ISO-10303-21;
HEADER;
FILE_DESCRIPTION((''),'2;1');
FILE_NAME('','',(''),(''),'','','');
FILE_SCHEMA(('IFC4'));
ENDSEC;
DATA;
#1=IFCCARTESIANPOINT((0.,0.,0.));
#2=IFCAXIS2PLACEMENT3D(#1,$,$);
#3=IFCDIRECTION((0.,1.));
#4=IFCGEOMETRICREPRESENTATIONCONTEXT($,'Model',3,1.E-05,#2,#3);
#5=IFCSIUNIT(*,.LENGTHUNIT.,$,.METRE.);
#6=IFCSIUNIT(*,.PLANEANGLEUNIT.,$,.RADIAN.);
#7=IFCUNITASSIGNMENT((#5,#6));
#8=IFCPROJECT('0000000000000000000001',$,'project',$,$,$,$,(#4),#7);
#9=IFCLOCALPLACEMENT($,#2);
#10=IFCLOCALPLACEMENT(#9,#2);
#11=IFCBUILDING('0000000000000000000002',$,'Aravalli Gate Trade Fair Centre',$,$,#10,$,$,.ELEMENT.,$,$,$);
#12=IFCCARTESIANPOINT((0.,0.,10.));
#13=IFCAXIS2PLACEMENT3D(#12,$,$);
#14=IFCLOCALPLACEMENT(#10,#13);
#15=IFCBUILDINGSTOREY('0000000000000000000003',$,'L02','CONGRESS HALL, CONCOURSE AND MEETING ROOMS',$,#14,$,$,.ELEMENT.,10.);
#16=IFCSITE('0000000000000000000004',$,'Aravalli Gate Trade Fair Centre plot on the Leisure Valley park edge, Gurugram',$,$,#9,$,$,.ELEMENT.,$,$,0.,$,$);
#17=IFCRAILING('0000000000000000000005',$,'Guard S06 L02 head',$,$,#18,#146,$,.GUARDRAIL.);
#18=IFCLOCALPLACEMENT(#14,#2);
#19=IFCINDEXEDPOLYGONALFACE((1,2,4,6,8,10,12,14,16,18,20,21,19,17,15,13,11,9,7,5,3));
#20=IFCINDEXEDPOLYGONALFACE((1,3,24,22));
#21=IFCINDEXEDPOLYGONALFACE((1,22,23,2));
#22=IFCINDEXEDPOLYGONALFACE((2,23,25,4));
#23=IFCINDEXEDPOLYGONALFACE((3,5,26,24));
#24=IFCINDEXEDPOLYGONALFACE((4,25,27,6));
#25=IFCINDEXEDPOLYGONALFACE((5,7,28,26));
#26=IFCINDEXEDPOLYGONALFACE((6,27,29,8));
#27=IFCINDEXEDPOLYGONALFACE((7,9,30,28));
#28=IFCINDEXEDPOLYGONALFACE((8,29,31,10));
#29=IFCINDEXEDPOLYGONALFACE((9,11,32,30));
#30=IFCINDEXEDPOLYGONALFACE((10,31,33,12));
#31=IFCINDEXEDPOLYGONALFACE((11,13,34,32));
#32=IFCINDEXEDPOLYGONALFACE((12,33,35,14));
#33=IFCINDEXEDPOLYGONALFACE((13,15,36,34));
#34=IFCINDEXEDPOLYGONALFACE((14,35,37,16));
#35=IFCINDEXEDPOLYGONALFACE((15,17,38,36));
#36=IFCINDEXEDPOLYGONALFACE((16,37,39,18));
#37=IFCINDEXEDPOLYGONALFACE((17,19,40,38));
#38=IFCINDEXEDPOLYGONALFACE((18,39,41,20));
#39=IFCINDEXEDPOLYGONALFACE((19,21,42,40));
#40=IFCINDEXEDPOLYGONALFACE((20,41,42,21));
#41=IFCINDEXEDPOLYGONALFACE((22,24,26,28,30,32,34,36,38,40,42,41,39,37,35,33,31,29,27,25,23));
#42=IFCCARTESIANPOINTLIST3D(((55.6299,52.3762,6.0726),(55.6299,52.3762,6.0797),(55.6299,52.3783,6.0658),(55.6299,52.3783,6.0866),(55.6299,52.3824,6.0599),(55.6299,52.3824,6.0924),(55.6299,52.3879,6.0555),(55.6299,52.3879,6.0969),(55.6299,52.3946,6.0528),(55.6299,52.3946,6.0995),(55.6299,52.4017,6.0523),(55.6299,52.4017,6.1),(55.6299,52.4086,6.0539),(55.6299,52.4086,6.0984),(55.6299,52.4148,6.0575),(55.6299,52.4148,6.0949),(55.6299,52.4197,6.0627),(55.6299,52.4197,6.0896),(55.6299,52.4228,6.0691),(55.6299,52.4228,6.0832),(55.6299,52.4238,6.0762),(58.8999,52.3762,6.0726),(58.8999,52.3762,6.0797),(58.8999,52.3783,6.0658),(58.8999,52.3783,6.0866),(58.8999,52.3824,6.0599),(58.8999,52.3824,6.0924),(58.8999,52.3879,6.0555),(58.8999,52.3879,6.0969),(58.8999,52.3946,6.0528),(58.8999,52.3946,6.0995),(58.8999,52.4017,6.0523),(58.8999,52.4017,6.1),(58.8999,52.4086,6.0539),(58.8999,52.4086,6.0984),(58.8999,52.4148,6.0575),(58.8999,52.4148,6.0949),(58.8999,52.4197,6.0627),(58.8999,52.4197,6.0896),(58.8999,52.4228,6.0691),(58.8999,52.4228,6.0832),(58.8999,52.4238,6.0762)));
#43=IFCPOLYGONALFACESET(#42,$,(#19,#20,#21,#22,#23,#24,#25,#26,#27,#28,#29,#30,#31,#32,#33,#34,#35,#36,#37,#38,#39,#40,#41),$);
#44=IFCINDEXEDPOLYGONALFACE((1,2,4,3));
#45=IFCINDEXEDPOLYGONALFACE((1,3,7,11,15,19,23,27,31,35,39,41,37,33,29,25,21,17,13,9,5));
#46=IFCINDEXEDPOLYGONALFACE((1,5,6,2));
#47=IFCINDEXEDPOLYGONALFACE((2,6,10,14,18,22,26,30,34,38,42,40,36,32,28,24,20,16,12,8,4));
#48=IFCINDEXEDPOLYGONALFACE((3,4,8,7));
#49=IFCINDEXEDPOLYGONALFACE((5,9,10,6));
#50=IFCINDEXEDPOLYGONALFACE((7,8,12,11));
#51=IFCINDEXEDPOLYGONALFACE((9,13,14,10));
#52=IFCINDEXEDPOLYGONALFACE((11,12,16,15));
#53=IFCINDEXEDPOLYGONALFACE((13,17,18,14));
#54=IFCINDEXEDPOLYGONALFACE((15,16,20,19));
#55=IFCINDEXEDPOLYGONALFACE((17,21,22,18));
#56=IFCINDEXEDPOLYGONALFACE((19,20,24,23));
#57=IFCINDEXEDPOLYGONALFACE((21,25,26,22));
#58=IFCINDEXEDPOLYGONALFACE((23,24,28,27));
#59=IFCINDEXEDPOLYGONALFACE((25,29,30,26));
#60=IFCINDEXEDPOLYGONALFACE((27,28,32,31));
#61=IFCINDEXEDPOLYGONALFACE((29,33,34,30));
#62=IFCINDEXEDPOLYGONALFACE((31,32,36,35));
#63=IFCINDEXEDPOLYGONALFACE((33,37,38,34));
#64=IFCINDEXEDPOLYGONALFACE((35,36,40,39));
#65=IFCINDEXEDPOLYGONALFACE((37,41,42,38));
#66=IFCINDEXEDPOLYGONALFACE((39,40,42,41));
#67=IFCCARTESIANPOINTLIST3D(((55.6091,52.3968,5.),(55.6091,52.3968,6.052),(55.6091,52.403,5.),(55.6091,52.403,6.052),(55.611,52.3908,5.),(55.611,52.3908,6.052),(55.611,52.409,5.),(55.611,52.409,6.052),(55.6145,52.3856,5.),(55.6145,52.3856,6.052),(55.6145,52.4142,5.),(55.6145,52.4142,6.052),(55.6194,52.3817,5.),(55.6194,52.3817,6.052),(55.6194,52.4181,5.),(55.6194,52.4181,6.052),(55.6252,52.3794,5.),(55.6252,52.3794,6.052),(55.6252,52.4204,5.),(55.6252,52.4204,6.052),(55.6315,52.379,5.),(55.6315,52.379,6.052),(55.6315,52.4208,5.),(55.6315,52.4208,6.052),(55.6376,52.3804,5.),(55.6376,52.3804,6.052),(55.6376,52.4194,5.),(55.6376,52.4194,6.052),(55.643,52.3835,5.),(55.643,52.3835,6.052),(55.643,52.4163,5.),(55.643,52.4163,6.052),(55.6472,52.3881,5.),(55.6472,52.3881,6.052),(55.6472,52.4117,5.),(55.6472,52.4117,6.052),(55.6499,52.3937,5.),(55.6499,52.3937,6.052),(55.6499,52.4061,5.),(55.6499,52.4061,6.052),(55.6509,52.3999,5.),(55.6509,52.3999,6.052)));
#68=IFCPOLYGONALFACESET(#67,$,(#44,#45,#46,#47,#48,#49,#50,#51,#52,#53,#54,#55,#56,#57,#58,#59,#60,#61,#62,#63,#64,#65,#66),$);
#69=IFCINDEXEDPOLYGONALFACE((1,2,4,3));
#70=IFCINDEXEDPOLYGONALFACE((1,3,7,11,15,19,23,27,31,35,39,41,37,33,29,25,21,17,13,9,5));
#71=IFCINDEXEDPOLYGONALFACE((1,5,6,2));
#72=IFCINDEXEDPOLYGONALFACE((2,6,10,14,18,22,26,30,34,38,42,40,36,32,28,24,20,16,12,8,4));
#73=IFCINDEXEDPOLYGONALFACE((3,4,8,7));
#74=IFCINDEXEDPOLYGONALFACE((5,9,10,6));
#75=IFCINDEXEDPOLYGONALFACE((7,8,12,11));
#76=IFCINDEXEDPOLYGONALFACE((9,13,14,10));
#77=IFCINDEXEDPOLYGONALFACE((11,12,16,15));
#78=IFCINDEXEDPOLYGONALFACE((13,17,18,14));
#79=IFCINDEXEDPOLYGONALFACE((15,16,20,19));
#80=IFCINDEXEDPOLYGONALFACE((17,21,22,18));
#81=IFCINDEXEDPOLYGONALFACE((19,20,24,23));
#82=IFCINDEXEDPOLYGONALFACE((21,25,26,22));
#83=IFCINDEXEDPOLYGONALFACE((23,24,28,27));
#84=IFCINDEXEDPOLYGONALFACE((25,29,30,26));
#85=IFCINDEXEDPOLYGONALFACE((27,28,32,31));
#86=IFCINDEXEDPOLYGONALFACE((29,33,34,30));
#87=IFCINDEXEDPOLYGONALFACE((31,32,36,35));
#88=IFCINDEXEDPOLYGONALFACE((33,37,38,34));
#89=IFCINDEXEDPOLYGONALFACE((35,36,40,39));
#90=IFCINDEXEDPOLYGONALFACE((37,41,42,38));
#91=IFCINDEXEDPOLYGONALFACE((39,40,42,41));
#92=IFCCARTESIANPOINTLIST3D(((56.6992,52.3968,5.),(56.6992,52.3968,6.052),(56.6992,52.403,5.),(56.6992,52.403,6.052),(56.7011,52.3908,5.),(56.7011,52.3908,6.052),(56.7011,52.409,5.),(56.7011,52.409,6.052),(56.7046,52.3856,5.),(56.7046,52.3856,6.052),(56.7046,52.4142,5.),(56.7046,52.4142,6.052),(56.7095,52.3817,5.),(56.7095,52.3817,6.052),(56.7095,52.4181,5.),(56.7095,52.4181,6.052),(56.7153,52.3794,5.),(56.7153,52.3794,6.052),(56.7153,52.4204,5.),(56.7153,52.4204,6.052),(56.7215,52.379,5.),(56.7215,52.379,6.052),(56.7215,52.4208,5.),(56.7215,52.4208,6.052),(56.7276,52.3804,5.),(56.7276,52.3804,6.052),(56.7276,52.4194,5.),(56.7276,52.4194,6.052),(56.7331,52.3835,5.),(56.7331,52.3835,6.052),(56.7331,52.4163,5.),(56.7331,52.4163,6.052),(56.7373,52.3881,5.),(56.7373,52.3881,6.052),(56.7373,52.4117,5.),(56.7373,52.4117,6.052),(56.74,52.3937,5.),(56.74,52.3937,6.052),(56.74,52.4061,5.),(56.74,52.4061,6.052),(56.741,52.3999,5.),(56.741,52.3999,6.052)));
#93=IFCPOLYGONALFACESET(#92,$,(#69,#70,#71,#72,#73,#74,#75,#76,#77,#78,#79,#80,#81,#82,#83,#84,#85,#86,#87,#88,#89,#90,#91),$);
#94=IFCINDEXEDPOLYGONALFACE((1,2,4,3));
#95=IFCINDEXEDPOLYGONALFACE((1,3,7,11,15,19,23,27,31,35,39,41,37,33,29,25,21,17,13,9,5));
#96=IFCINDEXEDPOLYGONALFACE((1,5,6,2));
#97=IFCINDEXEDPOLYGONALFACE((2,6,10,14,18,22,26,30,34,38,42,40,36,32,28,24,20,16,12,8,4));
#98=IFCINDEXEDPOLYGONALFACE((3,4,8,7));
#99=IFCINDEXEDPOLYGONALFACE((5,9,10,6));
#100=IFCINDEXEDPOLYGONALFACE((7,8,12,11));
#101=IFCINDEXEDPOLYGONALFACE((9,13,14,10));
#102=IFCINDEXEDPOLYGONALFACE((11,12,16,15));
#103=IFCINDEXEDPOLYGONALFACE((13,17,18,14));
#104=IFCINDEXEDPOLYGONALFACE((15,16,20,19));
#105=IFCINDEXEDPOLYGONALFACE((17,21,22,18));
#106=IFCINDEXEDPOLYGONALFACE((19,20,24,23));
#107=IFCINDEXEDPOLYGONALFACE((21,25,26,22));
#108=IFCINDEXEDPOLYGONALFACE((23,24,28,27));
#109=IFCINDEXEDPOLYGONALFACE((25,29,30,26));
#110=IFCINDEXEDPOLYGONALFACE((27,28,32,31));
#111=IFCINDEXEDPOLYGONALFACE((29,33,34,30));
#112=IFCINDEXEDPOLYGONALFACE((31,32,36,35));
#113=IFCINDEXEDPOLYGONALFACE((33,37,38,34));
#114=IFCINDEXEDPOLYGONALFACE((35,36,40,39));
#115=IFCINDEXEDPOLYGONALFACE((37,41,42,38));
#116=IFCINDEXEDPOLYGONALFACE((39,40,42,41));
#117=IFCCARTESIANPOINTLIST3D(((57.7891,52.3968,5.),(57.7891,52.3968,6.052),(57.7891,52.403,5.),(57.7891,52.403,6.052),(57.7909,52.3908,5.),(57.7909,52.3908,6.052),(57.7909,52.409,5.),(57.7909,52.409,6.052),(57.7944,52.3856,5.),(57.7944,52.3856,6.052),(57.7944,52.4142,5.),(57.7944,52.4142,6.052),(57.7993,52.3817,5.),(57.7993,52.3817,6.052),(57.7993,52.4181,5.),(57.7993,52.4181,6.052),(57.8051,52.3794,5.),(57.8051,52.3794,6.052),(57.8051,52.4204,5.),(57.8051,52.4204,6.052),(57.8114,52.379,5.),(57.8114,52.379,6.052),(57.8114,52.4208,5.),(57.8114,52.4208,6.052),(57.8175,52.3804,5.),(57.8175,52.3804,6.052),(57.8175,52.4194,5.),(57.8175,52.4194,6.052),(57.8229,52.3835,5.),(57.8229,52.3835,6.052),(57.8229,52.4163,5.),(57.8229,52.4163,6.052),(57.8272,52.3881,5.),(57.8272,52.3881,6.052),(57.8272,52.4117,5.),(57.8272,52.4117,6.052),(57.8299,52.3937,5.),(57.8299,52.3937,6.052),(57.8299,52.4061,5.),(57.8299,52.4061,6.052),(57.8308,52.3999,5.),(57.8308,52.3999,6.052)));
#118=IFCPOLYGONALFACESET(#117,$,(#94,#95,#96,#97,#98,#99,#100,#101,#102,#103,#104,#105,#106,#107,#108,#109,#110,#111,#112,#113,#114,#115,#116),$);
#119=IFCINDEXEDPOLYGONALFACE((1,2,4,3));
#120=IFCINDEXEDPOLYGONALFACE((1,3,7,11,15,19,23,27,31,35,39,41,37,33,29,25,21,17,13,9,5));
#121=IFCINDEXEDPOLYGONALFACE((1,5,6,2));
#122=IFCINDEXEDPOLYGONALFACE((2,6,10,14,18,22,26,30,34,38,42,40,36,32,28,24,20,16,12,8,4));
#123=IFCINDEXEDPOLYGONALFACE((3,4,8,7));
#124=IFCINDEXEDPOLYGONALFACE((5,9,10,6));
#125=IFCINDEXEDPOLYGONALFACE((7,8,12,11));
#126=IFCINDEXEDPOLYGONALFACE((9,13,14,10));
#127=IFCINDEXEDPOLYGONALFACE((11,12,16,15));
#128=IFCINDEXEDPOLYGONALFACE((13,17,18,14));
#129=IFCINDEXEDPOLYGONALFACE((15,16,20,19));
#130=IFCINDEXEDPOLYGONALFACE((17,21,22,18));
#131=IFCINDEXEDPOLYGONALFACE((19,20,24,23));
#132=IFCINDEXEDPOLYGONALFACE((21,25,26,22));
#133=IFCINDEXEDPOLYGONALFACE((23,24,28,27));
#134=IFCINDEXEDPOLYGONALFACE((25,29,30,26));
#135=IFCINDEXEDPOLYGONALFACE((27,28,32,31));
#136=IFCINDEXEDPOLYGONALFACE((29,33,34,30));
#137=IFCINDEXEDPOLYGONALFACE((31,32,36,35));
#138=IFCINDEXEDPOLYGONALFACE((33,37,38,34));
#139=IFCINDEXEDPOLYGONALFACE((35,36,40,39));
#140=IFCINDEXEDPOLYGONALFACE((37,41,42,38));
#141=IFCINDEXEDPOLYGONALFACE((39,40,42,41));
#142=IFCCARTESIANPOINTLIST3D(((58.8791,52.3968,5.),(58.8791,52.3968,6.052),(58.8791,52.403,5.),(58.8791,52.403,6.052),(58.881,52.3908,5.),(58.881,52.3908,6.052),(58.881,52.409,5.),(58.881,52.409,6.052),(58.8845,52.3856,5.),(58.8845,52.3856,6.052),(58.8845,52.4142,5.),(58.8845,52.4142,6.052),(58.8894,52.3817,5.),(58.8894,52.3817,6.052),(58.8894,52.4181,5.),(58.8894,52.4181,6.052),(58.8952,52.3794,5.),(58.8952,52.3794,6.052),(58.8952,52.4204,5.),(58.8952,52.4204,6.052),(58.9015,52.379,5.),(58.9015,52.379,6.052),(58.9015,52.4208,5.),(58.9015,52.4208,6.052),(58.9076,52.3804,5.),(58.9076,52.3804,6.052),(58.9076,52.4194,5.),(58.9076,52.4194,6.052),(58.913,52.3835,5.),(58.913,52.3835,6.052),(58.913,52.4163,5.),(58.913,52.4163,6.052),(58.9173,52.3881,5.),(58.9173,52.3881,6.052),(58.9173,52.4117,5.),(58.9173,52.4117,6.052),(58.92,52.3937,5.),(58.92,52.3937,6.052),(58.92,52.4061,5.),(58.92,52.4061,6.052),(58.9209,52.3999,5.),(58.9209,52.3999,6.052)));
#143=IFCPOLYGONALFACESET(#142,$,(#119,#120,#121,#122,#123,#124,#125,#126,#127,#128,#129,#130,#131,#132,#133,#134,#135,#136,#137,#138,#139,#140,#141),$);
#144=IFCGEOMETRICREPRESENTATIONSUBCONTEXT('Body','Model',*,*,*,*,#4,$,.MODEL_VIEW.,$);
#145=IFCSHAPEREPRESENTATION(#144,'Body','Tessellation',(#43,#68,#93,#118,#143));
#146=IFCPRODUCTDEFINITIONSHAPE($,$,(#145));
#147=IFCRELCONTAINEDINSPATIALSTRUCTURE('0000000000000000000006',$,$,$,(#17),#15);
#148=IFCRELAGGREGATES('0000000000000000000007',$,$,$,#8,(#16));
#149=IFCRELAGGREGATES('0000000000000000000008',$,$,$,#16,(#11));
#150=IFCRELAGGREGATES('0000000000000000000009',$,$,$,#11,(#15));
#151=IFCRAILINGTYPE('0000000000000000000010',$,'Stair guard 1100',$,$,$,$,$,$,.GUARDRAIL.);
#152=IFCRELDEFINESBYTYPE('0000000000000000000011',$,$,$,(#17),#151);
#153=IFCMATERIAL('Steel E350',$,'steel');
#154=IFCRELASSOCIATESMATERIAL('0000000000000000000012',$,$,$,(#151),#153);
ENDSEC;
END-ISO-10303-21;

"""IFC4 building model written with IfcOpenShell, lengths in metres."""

from ifc_helpers import new_model, si_unit, direction, frame, origin, origin_2d, place, context, subcontext, project, spatial, circle, extrude, material, type_object, element, save


model = new_model("IFC4")

# Units and contexts
model_context = context("Model", 3, precision=1e-05, world=origin(), true_north=direction((0.0, 1.0)))
body_context = subcontext(model_context, "Body", "Model", "MODEL_VIEW")
ifc_project = project(units=[si_unit("LENGTHUNIT", "METRE"), si_unit("PLANEANGLEUNIT", "RADIAN")], contexts=[model_context])

# Site, building, storey
site_placement = place(None, origin())
site = spatial("IfcSite", under=ifc_project, at=site_placement, Name="Aravalli Gate Trade Fair Centre plot on the Leisure Valley park edge, Gurugram", CompositionType="ELEMENT", RefElevation=0.0)
building_placement = place(site_placement, origin())
building = spatial("IfcBuilding", under=site, at=building_placement, Name="Aravalli Gate Trade Fair Centre", CompositionType="ELEMENT")
storey_placement = place(building_placement, frame((0.0, 0.0, 10.0)))
storey = spatial("IfcBuildingStorey", under=building, at=storey_placement, Name="L02", Description="CONGRESS HALL, CONCOURSE AND MEETING ROOMS", CompositionType="ELEMENT", Elevation=10.0)

# Shared definitions
ifc_material_1 = material(Name="Steel E350", Category="steel")

# Railing
railing_type_1 = type_object("IfcRailingType", Name="Stair guard 1100", PredefinedType="GUARDRAIL", material=ifc_material_1)
railing_1_placement = place(storey_placement, frame((55.6299, 52.3999, 5.0)))
element("IfcRailing", 1, at=railing_1_placement, inside=storey, type_object=railing_type_1, Name="Guard S06 L02 head", PredefinedType="GUARDRAIL", context=body_context, shape_type="SweptSolid", body=[
    extrude(circle(Radius=0.0239, at=origin_2d()), frame((0.0, 0.0, 1.0762), z_axis=(1.0, 0.0, 0.0), x_axis=(0.0, 1.0, 0.0)), (0.0, 0.0, 1.0), 3.27),
    extrude(circle(Radius=0.021, at=origin_2d()), origin(), (0.0, 0.0, 1.0), 1.052),
    extrude(circle(Radius=0.021, at=origin_2d()), frame((1.0901, 0.0, 0.0)), (0.0, 0.0, 1.0), 1.052),
    extrude(circle(Radius=0.021, at=origin_2d()), frame((2.1799, 0.0, 0.0)), (0.0, 0.0, 1.0), 1.052),
    extrude(circle(Radius=0.021, at=origin_2d()), frame((3.27, 0.0, 0.0)), (0.0, 0.0, 1.0), 1.052),
])

save(model, "model.ifc")
